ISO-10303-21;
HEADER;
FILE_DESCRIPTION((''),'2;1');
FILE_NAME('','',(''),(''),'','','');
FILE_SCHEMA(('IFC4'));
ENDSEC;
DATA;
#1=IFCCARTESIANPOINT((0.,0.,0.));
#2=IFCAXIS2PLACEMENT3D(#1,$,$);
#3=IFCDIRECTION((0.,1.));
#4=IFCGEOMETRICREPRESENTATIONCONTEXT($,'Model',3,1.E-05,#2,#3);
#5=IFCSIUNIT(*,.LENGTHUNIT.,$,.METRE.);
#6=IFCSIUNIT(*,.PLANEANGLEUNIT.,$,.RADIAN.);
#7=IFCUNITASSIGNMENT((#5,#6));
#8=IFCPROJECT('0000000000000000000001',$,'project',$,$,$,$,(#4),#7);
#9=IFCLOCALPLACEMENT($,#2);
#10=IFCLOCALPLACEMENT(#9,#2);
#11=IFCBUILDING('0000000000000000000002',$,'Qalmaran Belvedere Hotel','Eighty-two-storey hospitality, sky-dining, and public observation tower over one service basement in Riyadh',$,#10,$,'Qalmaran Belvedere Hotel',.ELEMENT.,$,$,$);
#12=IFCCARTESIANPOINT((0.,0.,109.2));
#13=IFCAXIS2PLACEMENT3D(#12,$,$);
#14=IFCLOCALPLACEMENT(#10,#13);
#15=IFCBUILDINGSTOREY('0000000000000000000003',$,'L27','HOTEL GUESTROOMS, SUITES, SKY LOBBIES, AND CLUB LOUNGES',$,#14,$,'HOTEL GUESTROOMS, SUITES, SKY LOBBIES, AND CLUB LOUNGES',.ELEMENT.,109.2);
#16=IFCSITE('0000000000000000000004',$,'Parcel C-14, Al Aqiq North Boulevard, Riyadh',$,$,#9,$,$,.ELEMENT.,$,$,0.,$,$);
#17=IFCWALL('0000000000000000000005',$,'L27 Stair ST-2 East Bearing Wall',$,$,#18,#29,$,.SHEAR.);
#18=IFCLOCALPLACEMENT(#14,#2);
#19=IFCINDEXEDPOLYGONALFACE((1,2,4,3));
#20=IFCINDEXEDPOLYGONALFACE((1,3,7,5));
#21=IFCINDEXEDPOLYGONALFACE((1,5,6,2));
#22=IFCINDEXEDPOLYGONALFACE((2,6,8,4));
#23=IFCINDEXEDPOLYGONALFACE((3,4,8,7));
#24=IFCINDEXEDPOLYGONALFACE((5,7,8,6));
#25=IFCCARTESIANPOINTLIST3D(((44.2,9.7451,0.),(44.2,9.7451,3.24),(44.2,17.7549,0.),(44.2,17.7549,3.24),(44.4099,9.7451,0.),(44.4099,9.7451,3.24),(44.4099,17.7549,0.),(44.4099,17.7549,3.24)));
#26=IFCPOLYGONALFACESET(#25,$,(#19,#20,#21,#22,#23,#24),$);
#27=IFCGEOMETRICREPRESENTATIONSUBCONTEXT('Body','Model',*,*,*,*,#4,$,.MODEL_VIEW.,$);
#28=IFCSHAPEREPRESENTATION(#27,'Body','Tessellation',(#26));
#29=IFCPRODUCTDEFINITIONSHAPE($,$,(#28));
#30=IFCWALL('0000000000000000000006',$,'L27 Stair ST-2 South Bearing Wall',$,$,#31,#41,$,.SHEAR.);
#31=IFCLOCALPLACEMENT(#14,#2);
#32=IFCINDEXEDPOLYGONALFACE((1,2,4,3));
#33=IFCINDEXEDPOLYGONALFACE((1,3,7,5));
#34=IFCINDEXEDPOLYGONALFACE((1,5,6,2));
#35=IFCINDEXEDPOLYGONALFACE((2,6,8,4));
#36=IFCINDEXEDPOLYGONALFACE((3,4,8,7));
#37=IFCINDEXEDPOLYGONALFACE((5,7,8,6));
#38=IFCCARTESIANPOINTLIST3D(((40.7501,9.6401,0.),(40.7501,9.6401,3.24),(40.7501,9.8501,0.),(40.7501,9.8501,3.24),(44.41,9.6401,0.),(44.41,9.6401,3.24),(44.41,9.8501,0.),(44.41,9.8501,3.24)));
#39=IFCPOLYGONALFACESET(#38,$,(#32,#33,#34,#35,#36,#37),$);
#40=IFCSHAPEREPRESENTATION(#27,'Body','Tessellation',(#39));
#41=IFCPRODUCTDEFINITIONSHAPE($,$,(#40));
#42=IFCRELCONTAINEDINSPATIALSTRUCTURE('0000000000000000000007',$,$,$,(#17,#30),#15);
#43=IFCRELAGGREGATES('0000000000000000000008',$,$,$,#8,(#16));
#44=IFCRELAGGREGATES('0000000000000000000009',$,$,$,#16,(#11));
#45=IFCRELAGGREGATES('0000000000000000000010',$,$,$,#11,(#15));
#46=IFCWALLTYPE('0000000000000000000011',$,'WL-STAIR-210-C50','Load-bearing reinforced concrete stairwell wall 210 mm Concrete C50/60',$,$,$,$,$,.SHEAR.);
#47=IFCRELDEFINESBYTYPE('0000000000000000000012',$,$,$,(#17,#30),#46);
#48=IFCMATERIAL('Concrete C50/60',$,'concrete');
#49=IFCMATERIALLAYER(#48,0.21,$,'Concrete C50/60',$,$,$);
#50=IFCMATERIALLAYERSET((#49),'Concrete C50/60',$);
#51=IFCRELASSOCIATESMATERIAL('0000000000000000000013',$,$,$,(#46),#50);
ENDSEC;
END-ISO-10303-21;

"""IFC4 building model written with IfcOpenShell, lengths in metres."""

from ifc_helpers import new_model, si_unit, direction, frame, frame_2d, origin, place, context, subcontext, project, spatial, rectangle, extrude, material, layer, layer_set, type_object, element, save


model = new_model("IFC4")

# Units and contexts
model_context = context("Model", 3, precision=1e-05, world=origin(), true_north=direction((0.0, 1.0)))
body_context = subcontext(model_context, "Body", "Model", "MODEL_VIEW")
ifc_project = project(units=[si_unit("LENGTHUNIT", "METRE"), si_unit("PLANEANGLEUNIT", "RADIAN")], contexts=[model_context])

# Site, building, storey
site_placement = place(None, origin())
site = spatial("IfcSite", under=ifc_project, at=site_placement, Name="Parcel C-14, Al Aqiq North Boulevard, Riyadh", CompositionType="ELEMENT", RefElevation=0.0)
building_placement = place(site_placement, origin())
building = spatial("IfcBuilding", under=site, at=building_placement, Name="Qalmaran Belvedere Hotel", Description="Eighty-two-storey hospitality, sky-dining, and public observation tower over one service basement in Riyadh", LongName="Qalmaran Belvedere Hotel", CompositionType="ELEMENT")
storey_placement = place(building_placement, frame((0.0, 0.0, 109.2)))
storey = spatial("IfcBuildingStorey", under=building, at=storey_placement, Name="L27", Description="HOTEL GUESTROOMS, SUITES, SKY LOBBIES, AND CLUB LOUNGES", LongName="HOTEL GUESTROOMS, SUITES, SKY LOBBIES, AND CLUB LOUNGES", CompositionType="ELEMENT", Elevation=109.2)

# Walls
ifc_material_1 = material(Name="Concrete C50/60", Category="concrete")
ifc_layer_1 = layer(ifc_material_1, 0.21, Name="Concrete C50/60")
ifc_layer_set_1 = layer_set([ifc_layer_1], Name="Concrete C50/60")
wall_type_1 = type_object("IfcWallType", Name="WL-STAIR-210-C50", Description="Load-bearing reinforced concrete stairwell wall 210 mm Concrete C50/60", PredefinedType="SHEAR", material=ifc_layer_set_1)
for number, where, z_axis, x_axis, name in (
    (1, (44.3049, 9.7451, 0.0), (0.0, 0.0, 1.0), (0.0, 1.0, 0.0), "L27 Stair ST-2 East Bearing Wall"),
):
    element("IfcWall", number, at=place(storey_placement, frame(where, z_axis=z_axis, x_axis=x_axis)), inside=storey, type_object=wall_type_1, Name=name, PredefinedType="SHEAR", context=body_context, shape_type="SweptSolid", body=[
        extrude(rectangle(XDim=8.0098, YDim=0.21, at=frame_2d((4.0049, 0.0))), origin(), (0.0, 0.0, 1.0), 3.24),
    ])
wall_1_placement = place(storey_placement, frame((40.75, 9.7451, 0.0), z_axis=(0.0, 0.0, 1.0), x_axis=(1.0, 0.0, 0.0)))
element("IfcWall", 2, at=wall_1_placement, inside=storey, type_object=wall_type_1, Name="L27 Stair ST-2 South Bearing Wall", PredefinedType="SHEAR", context=body_context, shape_type="SweptSolid", body=[
    extrude(rectangle(XDim=3.6599, YDim=0.21, at=frame_2d((1.8301, 0.0))), origin(), (0.0, 0.0, 1.0), 3.24),
])

save(model, "model.ifc")
